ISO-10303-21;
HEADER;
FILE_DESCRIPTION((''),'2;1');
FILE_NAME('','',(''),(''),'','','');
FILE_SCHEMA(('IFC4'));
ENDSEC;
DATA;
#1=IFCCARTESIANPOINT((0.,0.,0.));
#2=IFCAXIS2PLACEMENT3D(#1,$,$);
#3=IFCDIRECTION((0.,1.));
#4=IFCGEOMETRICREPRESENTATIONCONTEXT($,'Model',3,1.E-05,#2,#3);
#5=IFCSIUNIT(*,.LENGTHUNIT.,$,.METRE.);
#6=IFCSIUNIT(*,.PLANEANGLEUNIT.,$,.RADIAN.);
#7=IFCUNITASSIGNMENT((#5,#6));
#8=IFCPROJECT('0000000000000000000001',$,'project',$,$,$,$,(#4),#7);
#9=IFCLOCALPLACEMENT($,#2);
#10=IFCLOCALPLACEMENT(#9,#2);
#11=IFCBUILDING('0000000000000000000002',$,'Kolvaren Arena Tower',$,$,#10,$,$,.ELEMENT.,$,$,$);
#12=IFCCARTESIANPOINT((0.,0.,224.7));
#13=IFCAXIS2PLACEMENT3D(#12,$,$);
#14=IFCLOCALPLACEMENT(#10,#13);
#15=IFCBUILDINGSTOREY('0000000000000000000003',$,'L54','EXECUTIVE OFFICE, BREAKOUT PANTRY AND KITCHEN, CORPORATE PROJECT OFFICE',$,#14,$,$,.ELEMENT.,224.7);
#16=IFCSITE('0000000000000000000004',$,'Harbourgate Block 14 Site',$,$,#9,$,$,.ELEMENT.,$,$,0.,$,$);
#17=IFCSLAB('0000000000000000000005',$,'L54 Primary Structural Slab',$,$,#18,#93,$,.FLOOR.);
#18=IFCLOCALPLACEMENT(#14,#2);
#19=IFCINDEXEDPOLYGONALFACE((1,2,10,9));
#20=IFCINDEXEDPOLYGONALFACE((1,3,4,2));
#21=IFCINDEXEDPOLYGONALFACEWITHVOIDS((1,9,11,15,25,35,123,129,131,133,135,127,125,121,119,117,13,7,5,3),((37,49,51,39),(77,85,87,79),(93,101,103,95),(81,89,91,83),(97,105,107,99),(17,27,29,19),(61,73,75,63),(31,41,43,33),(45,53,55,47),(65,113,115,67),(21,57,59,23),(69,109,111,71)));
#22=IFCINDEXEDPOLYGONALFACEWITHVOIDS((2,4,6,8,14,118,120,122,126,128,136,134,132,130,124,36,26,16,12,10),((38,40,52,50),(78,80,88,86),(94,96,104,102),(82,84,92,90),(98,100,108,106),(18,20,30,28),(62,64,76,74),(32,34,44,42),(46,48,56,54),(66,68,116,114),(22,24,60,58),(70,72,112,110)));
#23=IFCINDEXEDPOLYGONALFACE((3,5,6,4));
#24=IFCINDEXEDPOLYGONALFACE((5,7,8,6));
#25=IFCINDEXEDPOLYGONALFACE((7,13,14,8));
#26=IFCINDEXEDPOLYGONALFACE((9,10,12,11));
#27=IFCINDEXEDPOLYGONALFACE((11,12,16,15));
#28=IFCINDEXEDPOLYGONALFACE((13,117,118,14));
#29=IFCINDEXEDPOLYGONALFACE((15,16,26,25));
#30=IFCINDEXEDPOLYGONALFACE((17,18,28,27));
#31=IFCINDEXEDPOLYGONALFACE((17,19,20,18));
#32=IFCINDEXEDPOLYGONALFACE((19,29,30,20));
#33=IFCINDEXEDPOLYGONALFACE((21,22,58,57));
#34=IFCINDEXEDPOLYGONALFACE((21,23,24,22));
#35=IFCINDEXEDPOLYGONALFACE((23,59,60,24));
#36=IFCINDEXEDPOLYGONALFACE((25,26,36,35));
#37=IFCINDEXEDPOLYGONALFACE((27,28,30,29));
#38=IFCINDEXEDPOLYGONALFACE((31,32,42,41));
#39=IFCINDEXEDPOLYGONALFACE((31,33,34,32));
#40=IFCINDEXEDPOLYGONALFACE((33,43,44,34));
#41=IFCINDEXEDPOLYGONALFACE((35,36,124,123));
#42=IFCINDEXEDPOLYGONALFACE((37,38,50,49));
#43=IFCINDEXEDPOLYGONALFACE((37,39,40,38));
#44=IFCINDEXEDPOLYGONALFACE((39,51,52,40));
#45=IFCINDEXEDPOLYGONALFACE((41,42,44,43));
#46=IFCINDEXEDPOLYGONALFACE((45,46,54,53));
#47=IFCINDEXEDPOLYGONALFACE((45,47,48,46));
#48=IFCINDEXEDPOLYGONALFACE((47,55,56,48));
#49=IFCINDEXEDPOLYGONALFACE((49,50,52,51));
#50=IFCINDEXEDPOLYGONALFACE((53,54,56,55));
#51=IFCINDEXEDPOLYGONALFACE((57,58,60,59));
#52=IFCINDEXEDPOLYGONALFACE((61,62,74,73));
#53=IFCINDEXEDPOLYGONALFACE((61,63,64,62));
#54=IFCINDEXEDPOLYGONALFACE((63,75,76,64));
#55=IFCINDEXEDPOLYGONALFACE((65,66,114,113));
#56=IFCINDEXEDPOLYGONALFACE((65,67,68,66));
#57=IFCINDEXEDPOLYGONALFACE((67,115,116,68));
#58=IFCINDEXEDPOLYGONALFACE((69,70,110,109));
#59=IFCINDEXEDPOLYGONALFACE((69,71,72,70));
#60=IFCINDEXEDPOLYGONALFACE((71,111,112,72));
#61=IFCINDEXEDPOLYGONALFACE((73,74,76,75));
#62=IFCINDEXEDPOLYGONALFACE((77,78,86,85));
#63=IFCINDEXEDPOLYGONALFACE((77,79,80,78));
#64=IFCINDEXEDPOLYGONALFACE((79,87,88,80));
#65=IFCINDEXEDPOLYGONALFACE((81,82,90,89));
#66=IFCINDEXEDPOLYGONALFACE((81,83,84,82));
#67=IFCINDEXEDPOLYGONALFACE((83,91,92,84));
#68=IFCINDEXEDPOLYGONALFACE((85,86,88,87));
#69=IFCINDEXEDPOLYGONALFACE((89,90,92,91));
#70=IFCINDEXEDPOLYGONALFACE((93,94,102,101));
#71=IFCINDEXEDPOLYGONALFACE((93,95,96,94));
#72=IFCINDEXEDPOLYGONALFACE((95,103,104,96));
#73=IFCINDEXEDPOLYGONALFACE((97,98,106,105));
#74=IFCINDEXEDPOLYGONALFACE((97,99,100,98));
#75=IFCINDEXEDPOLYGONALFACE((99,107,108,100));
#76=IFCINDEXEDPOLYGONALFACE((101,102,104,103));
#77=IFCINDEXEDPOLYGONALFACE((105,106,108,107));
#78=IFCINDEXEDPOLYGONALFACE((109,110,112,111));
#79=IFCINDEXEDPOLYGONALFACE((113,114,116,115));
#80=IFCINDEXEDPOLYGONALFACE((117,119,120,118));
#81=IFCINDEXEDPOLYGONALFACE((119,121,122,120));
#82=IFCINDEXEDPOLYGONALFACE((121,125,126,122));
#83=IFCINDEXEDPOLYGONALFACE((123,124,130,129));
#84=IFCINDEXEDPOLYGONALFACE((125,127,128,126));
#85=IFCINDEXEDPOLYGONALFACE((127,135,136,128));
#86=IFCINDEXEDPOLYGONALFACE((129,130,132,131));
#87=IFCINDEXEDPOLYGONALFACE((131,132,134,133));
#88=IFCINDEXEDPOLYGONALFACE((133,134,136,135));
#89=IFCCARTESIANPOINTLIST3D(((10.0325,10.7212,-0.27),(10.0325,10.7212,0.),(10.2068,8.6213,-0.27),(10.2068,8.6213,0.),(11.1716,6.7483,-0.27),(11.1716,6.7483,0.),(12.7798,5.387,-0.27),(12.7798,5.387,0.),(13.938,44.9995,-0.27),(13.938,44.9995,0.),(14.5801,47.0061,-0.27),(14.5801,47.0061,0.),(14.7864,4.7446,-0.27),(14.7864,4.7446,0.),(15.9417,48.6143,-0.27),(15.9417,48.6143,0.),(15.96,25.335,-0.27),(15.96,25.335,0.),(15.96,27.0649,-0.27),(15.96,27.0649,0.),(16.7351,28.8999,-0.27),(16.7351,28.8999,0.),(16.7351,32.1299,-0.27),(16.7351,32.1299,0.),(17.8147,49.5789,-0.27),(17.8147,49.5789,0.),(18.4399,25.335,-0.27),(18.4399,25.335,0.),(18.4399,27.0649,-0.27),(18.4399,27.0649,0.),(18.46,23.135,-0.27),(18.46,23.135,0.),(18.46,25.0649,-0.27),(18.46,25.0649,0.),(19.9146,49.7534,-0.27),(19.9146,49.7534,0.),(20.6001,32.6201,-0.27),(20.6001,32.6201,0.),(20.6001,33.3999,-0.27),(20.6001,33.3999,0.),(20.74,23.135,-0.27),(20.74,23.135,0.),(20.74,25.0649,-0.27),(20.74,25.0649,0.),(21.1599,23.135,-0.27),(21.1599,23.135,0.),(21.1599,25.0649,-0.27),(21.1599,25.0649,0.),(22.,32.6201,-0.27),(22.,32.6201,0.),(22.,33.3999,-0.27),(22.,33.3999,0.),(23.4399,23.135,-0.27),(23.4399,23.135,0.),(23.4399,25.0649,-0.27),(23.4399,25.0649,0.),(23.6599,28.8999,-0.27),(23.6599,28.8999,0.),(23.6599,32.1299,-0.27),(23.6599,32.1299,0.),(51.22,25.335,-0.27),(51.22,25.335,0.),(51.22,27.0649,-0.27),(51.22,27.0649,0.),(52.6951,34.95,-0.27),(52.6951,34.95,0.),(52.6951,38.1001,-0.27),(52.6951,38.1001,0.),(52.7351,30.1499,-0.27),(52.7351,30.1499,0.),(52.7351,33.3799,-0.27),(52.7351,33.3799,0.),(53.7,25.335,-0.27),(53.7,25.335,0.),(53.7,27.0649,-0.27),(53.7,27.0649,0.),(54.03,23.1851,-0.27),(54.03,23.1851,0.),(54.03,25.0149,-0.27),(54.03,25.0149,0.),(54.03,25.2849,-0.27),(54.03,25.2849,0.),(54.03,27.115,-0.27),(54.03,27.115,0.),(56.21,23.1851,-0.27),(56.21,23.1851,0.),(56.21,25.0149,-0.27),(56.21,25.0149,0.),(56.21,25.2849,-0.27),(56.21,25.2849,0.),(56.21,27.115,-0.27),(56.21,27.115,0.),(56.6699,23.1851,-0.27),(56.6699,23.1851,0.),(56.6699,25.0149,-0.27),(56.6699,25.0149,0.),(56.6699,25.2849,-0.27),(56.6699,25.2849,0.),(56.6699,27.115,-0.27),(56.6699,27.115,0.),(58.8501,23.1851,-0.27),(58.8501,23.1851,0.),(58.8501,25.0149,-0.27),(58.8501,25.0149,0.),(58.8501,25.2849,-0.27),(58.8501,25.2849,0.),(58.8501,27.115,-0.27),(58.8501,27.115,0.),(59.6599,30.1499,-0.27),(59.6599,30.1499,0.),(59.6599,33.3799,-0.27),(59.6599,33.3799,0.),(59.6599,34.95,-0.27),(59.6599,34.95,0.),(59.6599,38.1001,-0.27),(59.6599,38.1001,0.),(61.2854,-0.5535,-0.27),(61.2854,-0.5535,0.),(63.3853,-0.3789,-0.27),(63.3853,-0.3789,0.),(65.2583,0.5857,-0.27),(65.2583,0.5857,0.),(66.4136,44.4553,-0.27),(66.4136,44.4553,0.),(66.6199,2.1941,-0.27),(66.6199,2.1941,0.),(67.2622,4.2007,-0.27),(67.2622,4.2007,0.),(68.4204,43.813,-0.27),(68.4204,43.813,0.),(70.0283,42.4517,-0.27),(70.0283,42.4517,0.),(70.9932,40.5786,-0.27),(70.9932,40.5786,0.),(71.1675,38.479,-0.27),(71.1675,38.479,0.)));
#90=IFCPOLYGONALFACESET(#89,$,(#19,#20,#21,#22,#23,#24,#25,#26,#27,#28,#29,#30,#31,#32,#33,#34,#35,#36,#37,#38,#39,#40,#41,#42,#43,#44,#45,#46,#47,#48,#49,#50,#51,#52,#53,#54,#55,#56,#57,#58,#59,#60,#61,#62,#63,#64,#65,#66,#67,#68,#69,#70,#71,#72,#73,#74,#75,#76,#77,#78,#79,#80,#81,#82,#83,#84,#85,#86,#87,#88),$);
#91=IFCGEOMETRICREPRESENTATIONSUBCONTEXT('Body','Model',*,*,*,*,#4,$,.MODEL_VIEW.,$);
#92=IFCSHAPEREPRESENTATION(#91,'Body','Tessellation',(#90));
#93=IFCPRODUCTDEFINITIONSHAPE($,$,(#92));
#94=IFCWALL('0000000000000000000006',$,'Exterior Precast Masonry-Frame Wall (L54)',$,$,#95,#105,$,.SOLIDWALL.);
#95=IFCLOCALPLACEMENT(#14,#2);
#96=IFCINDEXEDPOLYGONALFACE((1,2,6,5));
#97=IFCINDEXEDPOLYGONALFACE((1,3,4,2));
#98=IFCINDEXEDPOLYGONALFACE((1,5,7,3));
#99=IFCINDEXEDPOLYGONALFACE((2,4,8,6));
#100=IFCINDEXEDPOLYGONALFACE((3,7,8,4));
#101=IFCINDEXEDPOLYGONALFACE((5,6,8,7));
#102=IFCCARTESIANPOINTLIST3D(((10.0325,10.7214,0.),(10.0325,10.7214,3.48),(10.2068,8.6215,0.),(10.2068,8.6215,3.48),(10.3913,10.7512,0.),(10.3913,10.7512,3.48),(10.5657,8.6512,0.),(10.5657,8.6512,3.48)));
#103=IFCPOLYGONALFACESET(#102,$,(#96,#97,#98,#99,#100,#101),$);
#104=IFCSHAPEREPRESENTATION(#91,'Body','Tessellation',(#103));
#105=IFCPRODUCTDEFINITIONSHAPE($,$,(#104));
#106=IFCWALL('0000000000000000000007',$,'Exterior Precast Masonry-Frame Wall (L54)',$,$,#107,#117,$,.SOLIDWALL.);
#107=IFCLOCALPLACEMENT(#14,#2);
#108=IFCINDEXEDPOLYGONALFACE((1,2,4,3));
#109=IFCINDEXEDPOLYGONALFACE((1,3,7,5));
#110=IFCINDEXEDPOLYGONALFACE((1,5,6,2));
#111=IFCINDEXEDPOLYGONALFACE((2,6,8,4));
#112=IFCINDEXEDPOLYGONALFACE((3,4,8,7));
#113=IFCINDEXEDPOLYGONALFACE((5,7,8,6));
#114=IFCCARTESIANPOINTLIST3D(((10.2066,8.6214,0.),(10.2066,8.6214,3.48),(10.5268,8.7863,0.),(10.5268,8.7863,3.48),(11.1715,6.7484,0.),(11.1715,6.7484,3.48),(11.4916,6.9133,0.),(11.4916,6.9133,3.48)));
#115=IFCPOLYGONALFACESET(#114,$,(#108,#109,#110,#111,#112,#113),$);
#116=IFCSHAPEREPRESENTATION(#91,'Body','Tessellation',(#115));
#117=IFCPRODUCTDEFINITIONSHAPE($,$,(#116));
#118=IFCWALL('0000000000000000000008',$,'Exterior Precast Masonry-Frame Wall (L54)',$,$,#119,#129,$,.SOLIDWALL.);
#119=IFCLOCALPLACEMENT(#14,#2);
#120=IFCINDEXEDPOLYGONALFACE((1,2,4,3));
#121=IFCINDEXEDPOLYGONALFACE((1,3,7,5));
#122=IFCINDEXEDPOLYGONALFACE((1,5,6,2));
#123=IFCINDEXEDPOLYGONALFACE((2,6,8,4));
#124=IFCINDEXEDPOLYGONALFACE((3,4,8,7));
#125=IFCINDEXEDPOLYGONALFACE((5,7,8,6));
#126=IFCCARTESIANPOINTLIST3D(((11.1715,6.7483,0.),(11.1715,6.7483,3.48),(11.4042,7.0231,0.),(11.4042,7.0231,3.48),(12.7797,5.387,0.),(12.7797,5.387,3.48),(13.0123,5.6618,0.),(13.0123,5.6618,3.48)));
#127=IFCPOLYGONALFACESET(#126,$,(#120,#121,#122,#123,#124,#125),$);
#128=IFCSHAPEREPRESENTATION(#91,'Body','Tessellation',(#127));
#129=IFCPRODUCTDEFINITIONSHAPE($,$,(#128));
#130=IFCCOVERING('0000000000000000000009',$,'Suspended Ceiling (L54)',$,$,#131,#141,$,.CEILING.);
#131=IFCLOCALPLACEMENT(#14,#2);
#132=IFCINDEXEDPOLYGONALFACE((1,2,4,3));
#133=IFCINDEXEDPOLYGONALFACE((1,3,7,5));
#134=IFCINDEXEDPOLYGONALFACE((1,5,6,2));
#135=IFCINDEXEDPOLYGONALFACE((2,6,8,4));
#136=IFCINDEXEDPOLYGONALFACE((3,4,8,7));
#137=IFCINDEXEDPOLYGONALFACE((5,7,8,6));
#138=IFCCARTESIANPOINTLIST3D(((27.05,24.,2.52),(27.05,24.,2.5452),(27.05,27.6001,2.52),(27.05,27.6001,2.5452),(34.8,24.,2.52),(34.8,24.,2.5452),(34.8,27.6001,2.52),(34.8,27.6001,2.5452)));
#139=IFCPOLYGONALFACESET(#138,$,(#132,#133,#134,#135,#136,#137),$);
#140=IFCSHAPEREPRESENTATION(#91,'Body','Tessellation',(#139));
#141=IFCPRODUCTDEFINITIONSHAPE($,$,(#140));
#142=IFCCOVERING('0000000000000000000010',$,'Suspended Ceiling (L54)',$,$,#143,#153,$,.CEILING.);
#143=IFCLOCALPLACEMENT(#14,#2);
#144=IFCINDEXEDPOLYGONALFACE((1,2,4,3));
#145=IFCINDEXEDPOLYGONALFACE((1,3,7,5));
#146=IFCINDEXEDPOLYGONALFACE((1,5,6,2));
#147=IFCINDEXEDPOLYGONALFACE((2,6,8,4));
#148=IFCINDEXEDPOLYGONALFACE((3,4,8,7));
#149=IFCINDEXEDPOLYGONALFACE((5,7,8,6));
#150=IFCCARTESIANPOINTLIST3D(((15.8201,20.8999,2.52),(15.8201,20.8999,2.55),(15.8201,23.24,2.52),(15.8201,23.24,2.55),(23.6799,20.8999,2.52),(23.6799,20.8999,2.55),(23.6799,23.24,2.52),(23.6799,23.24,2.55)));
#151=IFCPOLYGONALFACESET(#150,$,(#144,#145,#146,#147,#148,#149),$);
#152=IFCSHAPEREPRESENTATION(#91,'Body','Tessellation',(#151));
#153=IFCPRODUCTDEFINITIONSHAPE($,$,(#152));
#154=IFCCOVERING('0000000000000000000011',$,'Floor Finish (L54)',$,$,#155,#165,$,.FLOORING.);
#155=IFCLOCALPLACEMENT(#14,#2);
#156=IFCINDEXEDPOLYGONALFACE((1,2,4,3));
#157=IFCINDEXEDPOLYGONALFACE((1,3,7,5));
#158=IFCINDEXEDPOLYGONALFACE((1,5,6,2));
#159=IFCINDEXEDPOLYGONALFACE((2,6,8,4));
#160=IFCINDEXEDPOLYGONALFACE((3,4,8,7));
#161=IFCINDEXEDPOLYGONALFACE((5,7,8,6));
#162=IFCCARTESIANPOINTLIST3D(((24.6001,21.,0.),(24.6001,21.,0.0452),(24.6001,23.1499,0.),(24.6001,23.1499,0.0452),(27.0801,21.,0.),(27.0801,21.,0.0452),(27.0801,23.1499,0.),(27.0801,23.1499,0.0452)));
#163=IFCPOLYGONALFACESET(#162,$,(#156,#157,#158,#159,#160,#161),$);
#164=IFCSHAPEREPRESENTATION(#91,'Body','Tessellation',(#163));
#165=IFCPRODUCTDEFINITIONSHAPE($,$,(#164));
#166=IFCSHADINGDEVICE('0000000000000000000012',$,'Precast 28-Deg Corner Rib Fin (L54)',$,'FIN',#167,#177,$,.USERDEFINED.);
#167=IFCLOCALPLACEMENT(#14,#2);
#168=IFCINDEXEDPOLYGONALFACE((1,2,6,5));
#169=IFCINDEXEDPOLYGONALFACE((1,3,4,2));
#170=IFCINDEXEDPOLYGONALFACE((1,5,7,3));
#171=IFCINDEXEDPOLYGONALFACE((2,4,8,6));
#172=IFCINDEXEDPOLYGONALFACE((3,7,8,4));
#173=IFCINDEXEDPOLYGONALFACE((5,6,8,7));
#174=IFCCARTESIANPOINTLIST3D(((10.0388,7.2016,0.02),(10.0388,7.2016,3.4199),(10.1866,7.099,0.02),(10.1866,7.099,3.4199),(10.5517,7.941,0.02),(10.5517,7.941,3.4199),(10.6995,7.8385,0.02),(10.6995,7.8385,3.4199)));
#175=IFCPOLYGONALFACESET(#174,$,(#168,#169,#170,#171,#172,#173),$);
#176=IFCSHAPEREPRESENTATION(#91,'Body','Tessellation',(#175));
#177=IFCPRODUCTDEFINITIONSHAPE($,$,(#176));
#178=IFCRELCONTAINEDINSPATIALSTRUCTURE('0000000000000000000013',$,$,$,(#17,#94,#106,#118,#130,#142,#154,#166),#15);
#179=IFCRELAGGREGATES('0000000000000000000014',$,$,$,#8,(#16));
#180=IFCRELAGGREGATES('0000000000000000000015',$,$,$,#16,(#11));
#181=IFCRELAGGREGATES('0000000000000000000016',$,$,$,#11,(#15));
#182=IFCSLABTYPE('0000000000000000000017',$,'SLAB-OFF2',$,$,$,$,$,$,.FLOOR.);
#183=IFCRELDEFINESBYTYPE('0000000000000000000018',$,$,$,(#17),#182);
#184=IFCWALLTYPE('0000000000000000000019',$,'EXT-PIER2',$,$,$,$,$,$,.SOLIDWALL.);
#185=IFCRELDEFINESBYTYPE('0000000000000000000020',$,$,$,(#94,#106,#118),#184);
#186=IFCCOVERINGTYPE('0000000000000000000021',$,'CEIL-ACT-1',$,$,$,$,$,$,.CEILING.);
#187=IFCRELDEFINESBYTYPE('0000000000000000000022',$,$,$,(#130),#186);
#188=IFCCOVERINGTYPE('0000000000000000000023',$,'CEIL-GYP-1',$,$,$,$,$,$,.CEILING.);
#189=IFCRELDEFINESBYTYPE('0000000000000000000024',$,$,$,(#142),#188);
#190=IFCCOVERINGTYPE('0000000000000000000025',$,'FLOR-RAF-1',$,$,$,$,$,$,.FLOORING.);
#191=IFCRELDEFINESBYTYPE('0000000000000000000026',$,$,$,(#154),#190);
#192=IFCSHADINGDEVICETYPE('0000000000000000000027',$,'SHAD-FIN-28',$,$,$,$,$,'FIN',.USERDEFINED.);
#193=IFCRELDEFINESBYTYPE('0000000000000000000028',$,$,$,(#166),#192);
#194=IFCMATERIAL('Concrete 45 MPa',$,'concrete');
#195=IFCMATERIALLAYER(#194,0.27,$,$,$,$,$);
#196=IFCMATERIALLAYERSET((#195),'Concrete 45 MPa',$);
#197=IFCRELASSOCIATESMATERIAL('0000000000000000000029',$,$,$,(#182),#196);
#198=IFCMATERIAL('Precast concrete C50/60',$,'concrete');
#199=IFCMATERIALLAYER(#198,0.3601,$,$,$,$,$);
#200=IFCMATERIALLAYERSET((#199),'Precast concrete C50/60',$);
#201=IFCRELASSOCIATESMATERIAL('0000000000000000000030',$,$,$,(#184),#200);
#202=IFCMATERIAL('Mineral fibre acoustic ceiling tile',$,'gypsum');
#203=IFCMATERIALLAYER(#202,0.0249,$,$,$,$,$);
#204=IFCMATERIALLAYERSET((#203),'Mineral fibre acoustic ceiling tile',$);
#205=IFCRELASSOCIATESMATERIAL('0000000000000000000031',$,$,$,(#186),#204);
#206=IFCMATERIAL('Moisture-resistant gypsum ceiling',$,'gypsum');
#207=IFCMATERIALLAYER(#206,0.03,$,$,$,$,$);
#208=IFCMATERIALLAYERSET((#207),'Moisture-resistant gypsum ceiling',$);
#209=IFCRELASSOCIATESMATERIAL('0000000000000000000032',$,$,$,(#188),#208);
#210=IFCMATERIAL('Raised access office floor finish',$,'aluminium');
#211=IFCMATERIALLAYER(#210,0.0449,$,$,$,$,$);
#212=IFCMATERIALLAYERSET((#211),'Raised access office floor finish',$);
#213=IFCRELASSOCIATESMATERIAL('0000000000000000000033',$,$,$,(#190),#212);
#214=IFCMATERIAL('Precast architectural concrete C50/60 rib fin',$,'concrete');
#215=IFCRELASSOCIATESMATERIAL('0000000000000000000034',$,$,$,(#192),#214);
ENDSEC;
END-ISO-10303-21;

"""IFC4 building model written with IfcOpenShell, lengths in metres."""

from ifc_helpers import new_model, si_unit, direction, frame, frame_2d, origin, origin_2d, place, context, subcontext, project, spatial, polyline, rectangle, outline, extrude, material, layer, layer_set, type_object, element, save


model = new_model("IFC4")

# Units and contexts
model_context = context("Model", 3, precision=1e-05, world=origin(), true_north=direction((0.0, 1.0)))
body_context = subcontext(model_context, "Body", "Model", "MODEL_VIEW")
ifc_project = project(units=[si_unit("LENGTHUNIT", "METRE"), si_unit("PLANEANGLEUNIT", "RADIAN")], contexts=[model_context])

# Site, building, storey
site_placement = place(None, origin())
site = spatial("IfcSite", under=ifc_project, at=site_placement, Name="Harbourgate Block 14 Site", CompositionType="ELEMENT", RefElevation=0.0)
building_placement = place(site_placement, origin())
building = spatial("IfcBuilding", under=site, at=building_placement, Name="Kolvaren Arena Tower", CompositionType="ELEMENT")
storey_placement = place(building_placement, frame((0.0, 0.0, 224.7)))
storey = spatial("IfcBuildingStorey", under=building, at=storey_placement, Name="L54", Description="EXECUTIVE OFFICE, BREAKOUT PANTRY AND KITCHEN, CORPORATE PROJECT OFFICE", CompositionType="ELEMENT", Elevation=224.7)

# Shared definitions
ifc_material_1 = material(Name="Concrete 45 MPa", Category="concrete")

# Slab
ifc_layer_1 = layer(ifc_material_1, 0.27)
ifc_layer_set_1 = layer_set([ifc_layer_1], Name="Concrete 45 MPa")
slab_type_1 = type_object("IfcSlabType", Name="SLAB-OFF2", PredefinedType="FLOOR", material=ifc_layer_set_1)
slab_1_placement = place(storey_placement, frame((0.0, 0.0, -0.27)))
element("IfcSlab", 1, at=slab_1_placement, inside=storey, type_object=slab_type_1, Name="L54 Primary Structural Slab", PredefinedType="FLOOR", context=body_context, shape_type="SweptSolid", body=[
    extrude(outline(polyline([(61.2854, -0.5535), (63.3853, -0.3789), (65.2583, 0.5857), (66.6199, 2.1941), (67.2622, 4.2007), (71.1675, 38.479), (70.9932, 40.5786), (70.0283, 42.4517), (68.4204, 43.813), (66.4136, 44.4553), (19.9146, 49.7534), (17.8147, 49.5789), (15.9417, 48.6143), (14.5801, 47.0061), (13.938, 44.9995), (10.0325, 10.7212), (10.2068, 8.6213), (11.1716, 6.7483), (12.7798, 5.387), (14.7864, 4.7446), (61.2854, -0.5535)]), holes=[polyline([(20.74, 23.135), (18.46, 23.135), (18.46, 25.0649), (20.74, 25.0649), (20.74, 23.135)]), polyline([(21.1599, 23.135), (21.1599, 25.0649), (23.4399, 25.0649), (23.4399, 23.135), (21.1599, 23.135)]), polyline([(56.21, 23.1851), (54.03, 23.1851), (54.03, 25.0149), (56.21, 25.0149), (56.21, 23.1851)]), polyline([(56.6699, 23.1851), (56.6699, 25.0149), (58.8501, 25.0149), (58.8501, 23.1851), (56.6699, 23.1851)]), polyline([(54.03, 25.2849), (54.03, 27.115), (56.21, 27.115), (56.21, 25.2849), (54.03, 25.2849)]), polyline([(58.8501, 25.2849), (56.6699, 25.2849), (56.6699, 27.115), (58.8501, 27.115), (58.8501, 25.2849)]), polyline([(15.96, 25.335), (15.96, 27.0649), (18.4399, 27.0649), (18.4399, 25.335), (15.96, 25.335)]), polyline([(53.7, 25.335), (51.22, 25.335), (51.22, 27.0649), (53.7, 27.0649), (53.7, 25.335)]), polyline([(16.7351, 28.8999), (16.7351, 32.1299), (23.6599, 32.1299), (23.6599, 28.8999), (16.7351, 28.8999)]), polyline([(52.7351, 30.1499), (52.7351, 33.3799), (59.6599, 33.3799), (59.6599, 30.1499), (52.7351, 30.1499)]), polyline([(20.6001, 32.6201), (20.6001, 33.3999), (22.0, 33.3999), (22.0, 32.6201), (20.6001, 32.6201)]), polyline([(52.6951, 34.95), (52.6951, 38.1001), (59.6599, 38.1001), (59.6599, 34.95), (52.6951, 34.95)])]), origin(), (0.0, 0.0, 1.0), 0.27),
])

# Walls
ifc_material_2 = material(Name="Precast concrete C50/60", Category="concrete")
ifc_layer_2 = layer(ifc_material_2, 0.3601)
ifc_layer_set_2 = layer_set([ifc_layer_2], Name="Precast concrete C50/60")
wall_type = type_object("IfcWallType", Name="EXT-PIER2", PredefinedType="SOLIDWALL", material=ifc_layer_set_2)
wall_placement = place(storey_placement, frame((10.3862, 8.6362, 0.0), z_axis=(0.0, 0.0, 1.0), x_axis=(-0.082729, 0.996572, 0.0)))
element("IfcWall", 2, at=wall_placement, inside=storey, type_object=wall_type, Name="Exterior Precast Masonry-Frame Wall (L54)", PredefinedType="SOLIDWALL", context=body_context, shape_type="SweptSolid", body=[
    extrude(rectangle(XDim=2.1072, YDim=0.3601, at=frame_2d((1.0537, 0.0))), origin(), (0.0, 0.0, 1.0), 3.48),
])
for number, where, z_axis, x_axis, name in (
    (3, (11.3315, 6.8308, 0.0), (0.0, 0.0, 1.0), (-0.457934, 0.888986, 0.0), "Exterior Precast Masonry-Frame Wall (L54)"),
    (4, (12.896, 5.5244, 0.0), (0.0, 0.0, 1.0), (-0.76325, 0.646103, 0.0), "Exterior Precast Masonry-Frame Wall (L54)"),
):
    element("IfcWall", number, at=place(storey_placement, frame(where, z_axis=z_axis, x_axis=x_axis)), inside=storey, type_object=wall_type, Name=name, PredefinedType="SOLIDWALL", context=body_context, shape_type="SweptSolid", body=[
        extrude(rectangle(XDim=2.1069, YDim=0.3601, at=frame_2d((1.0535, 0.0))), origin(), (0.0, 0.0, 1.0), 3.48),
    ])

# Coverings
ifc_material_3 = material(Name="Mineral fibre acoustic ceiling tile", Category="gypsum")
ifc_layer_3 = layer(ifc_material_3, 0.0249)
ifc_layer_set_3 = layer_set([ifc_layer_3], Name="Mineral fibre acoustic ceiling tile")
covering_type_1 = type_object("IfcCoveringType", Name="CEIL-ACT-1", PredefinedType="CEILING", material=ifc_layer_set_3)
covering_1_placement = place(storey_placement, frame((0.0, 0.0, 2.52)))
element("IfcCovering", 5, at=covering_1_placement, inside=storey, type_object=covering_type_1, Name="Suspended Ceiling (L54)", PredefinedType="CEILING", context=body_context, shape_type="SweptSolid", body=[
    extrude(outline(polyline([(27.05, 24.0), (27.05, 27.6001), (34.8, 27.6001), (34.8, 24.0), (27.05, 24.0)])), origin(), (0.0, 0.0, 1.0), 0.0251),
])
ifc_material_4 = material(Name="Moisture-resistant gypsum ceiling", Category="gypsum")
ifc_layer_4 = layer(ifc_material_4, 0.03)
ifc_layer_set_4 = layer_set([ifc_layer_4], Name="Moisture-resistant gypsum ceiling")
covering_type_2 = type_object("IfcCoveringType", Name="CEIL-GYP-1", PredefinedType="CEILING", material=ifc_layer_set_4)
covering_2_placement = place(storey_placement, frame((0.0, 0.0, 2.52)))
element("IfcCovering", 6, at=covering_2_placement, inside=storey, type_object=covering_type_2, Name="Suspended Ceiling (L54)", PredefinedType="CEILING", context=body_context, shape_type="SweptSolid", body=[
    extrude(outline(polyline([(15.8201, 20.8999), (15.8201, 23.24), (23.6799, 23.24), (23.6799, 20.8999), (15.8201, 20.8999)])), origin(), (0.0, 0.0, 1.0), 0.03),
])
ifc_material_5 = material(Name="Raised access office floor finish", Category="aluminium")
ifc_layer_5 = layer(ifc_material_5, 0.0449)
ifc_layer_set_5 = layer_set([ifc_layer_5], Name="Raised access office floor finish")
covering_type_3 = type_object("IfcCoveringType", Name="FLOR-RAF-1", PredefinedType="FLOORING", material=ifc_layer_set_5)
covering_3_placement = place(storey_placement, origin())
element("IfcCovering", 7, at=covering_3_placement, inside=storey, type_object=covering_type_3, Name="Floor Finish (L54)", PredefinedType="FLOORING", context=body_context, shape_type="SweptSolid", body=[
    extrude(outline(polyline([(24.6001, 21.0), (24.6001, 23.1499), (27.0801, 23.1499), (27.0801, 21.0), (24.6001, 21.0)])), origin(), (0.0, 0.0, 1.0), 0.0452),
])

# Shading device
ifc_material_6 = material(Name="Precast architectural concrete C50/60 rib fin", Category="concrete")
shading_device_type = type_object("IfcShadingDeviceType", Name="SHAD-FIN-28", ElementType="FIN", PredefinedType="USERDEFINED", material=ifc_material_6)
for number, where, z_axis, x_axis, name in (
    (8, (10.3691, 7.52, 0.02), (0.0, 0.0, 1.0), (-0.569965, -0.821669, 0.0), "Precast 28-Deg Corner Rib Fin (L54)"),
):
    element("IfcShadingDevice", number, at=place(storey_placement, frame(where, z_axis=z_axis, x_axis=x_axis)), inside=storey, type_object=shading_device_type, Name=name, ObjectType="FIN", PredefinedType="USERDEFINED", context=body_context, shape_type="SweptSolid", body=[
        extrude(rectangle(XDim=0.8999, YDim=0.1799, at=origin_2d()), origin(), (0.0, 0.0, 1.0), 3.3999),
    ])

save(model, "model.ifc")
